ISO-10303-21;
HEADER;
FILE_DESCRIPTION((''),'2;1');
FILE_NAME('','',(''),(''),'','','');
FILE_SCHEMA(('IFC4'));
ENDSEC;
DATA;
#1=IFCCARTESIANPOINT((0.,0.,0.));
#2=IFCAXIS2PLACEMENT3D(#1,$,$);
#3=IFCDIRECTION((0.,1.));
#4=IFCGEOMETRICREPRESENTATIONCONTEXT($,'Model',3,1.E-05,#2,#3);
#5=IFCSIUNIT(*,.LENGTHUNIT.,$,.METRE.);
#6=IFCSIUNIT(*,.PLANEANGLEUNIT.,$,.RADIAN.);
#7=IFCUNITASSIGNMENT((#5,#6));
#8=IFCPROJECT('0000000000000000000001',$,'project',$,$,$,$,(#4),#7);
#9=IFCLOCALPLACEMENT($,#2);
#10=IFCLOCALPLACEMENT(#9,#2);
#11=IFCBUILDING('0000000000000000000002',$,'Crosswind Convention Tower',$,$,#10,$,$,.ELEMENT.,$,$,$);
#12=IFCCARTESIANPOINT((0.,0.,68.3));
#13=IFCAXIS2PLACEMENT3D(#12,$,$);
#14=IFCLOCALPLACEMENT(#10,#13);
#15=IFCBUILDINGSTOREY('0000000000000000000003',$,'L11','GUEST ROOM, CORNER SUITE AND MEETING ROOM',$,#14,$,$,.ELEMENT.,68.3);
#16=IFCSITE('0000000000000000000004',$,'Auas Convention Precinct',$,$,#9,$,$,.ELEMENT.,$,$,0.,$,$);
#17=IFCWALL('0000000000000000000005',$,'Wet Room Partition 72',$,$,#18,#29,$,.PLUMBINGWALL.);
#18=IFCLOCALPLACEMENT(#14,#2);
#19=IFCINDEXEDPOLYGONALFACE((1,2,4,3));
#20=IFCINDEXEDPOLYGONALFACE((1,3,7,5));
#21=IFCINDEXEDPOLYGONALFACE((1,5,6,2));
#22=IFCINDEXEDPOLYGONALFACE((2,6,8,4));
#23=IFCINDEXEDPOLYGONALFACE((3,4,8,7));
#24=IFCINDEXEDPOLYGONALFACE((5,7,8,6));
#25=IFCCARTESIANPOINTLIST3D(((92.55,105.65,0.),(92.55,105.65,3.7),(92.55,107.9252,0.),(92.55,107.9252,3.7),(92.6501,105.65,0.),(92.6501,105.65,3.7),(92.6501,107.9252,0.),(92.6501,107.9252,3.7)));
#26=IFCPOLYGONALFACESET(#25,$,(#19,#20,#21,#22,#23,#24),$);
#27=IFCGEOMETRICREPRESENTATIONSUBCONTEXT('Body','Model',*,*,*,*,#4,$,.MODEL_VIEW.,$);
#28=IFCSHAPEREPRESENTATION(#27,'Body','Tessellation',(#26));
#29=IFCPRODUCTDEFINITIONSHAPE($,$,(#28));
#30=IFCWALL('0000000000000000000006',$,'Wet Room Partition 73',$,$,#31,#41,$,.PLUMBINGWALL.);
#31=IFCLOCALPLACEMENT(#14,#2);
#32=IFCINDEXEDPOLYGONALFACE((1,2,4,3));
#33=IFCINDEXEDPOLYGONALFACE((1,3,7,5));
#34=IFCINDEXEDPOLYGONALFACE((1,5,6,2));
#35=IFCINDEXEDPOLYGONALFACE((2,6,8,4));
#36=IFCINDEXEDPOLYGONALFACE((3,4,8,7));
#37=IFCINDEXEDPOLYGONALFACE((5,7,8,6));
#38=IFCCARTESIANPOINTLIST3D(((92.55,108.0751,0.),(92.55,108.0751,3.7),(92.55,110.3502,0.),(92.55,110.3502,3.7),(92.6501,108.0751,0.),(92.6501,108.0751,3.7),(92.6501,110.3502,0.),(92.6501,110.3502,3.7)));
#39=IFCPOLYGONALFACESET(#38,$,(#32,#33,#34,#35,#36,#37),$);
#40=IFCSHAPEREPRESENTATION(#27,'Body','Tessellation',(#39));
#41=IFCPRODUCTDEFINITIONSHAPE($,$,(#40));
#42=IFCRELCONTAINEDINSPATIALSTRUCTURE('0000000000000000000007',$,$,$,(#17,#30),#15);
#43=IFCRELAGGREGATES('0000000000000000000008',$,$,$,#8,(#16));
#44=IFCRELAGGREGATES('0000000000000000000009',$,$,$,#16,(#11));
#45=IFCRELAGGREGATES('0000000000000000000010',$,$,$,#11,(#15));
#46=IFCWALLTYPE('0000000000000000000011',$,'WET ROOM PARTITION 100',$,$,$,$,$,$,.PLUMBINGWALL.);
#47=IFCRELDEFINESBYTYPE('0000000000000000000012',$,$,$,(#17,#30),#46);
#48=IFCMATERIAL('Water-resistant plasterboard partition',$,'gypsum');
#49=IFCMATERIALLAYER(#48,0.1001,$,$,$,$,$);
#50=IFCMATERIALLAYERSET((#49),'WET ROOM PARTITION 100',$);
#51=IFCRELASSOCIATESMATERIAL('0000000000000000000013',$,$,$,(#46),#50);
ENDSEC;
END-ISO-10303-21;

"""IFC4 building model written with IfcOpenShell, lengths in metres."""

from ifc_helpers import new_model, si_unit, direction, frame, frame_2d, origin, place, context, subcontext, project, spatial, rectangle, extrude, material, layer, layer_set, type_object, element, save


model = new_model("IFC4")

# Units and contexts
model_context = context("Model", 3, precision=1e-05, world=origin(), true_north=direction((0.0, 1.0)))
body_context = subcontext(model_context, "Body", "Model", "MODEL_VIEW")
ifc_project = project(units=[si_unit("LENGTHUNIT", "METRE"), si_unit("PLANEANGLEUNIT", "RADIAN")], contexts=[model_context])

# Site, building, storey
site_placement = place(None, origin())
site = spatial("IfcSite", under=ifc_project, at=site_placement, Name="Auas Convention Precinct", CompositionType="ELEMENT", RefElevation=0.0)
building_placement = place(site_placement, origin())
building = spatial("IfcBuilding", under=site, at=building_placement, Name="Crosswind Convention Tower", CompositionType="ELEMENT")
storey_placement = place(building_placement, frame((0.0, 0.0, 68.3)))
storey = spatial("IfcBuildingStorey", under=building, at=storey_placement, Name="L11", Description="GUEST ROOM, CORNER SUITE AND MEETING ROOM", CompositionType="ELEMENT", Elevation=68.3)

# Shared definitions
ifc_material_1 = material(Name="Water-resistant plasterboard partition", Category="gypsum")
ifc_layer_1 = layer(ifc_material_1, 0.1001)
ifc_layer_set_1 = layer_set([ifc_layer_1], Name="WET ROOM PARTITION 100")
wall_type_1 = type_object("IfcWallType", Name="WET ROOM PARTITION 100", PredefinedType="PLUMBINGWALL", material=ifc_layer_set_1)

# Walls
for number, where, z_axis, x_axis, name in (
    (1, (92.6001, 105.6499, 0.0), (0.0, 0.0, 1.0), (0.0, 1.0, 0.0), "Wet Room Partition 72"),
    (2, (92.6001, 108.075, 0.0), (0.0, 0.0, 1.0), (0.0, 1.0, 0.0), "Wet Room Partition 73"),
):
    element("IfcWall", number, at=place(storey_placement, frame(where, z_axis=z_axis, x_axis=x_axis)), inside=storey, type_object=wall_type_1, Name=name, PredefinedType="PLUMBINGWALL", context=body_context, shape_type="SweptSolid", body=[
        extrude(rectangle(XDim=2.2751, YDim=0.1001, at=frame_2d((1.1377, 0.0))), origin(), (0.0, 0.0, 1.0), 3.7),
    ])

save(model, "model.ifc")
